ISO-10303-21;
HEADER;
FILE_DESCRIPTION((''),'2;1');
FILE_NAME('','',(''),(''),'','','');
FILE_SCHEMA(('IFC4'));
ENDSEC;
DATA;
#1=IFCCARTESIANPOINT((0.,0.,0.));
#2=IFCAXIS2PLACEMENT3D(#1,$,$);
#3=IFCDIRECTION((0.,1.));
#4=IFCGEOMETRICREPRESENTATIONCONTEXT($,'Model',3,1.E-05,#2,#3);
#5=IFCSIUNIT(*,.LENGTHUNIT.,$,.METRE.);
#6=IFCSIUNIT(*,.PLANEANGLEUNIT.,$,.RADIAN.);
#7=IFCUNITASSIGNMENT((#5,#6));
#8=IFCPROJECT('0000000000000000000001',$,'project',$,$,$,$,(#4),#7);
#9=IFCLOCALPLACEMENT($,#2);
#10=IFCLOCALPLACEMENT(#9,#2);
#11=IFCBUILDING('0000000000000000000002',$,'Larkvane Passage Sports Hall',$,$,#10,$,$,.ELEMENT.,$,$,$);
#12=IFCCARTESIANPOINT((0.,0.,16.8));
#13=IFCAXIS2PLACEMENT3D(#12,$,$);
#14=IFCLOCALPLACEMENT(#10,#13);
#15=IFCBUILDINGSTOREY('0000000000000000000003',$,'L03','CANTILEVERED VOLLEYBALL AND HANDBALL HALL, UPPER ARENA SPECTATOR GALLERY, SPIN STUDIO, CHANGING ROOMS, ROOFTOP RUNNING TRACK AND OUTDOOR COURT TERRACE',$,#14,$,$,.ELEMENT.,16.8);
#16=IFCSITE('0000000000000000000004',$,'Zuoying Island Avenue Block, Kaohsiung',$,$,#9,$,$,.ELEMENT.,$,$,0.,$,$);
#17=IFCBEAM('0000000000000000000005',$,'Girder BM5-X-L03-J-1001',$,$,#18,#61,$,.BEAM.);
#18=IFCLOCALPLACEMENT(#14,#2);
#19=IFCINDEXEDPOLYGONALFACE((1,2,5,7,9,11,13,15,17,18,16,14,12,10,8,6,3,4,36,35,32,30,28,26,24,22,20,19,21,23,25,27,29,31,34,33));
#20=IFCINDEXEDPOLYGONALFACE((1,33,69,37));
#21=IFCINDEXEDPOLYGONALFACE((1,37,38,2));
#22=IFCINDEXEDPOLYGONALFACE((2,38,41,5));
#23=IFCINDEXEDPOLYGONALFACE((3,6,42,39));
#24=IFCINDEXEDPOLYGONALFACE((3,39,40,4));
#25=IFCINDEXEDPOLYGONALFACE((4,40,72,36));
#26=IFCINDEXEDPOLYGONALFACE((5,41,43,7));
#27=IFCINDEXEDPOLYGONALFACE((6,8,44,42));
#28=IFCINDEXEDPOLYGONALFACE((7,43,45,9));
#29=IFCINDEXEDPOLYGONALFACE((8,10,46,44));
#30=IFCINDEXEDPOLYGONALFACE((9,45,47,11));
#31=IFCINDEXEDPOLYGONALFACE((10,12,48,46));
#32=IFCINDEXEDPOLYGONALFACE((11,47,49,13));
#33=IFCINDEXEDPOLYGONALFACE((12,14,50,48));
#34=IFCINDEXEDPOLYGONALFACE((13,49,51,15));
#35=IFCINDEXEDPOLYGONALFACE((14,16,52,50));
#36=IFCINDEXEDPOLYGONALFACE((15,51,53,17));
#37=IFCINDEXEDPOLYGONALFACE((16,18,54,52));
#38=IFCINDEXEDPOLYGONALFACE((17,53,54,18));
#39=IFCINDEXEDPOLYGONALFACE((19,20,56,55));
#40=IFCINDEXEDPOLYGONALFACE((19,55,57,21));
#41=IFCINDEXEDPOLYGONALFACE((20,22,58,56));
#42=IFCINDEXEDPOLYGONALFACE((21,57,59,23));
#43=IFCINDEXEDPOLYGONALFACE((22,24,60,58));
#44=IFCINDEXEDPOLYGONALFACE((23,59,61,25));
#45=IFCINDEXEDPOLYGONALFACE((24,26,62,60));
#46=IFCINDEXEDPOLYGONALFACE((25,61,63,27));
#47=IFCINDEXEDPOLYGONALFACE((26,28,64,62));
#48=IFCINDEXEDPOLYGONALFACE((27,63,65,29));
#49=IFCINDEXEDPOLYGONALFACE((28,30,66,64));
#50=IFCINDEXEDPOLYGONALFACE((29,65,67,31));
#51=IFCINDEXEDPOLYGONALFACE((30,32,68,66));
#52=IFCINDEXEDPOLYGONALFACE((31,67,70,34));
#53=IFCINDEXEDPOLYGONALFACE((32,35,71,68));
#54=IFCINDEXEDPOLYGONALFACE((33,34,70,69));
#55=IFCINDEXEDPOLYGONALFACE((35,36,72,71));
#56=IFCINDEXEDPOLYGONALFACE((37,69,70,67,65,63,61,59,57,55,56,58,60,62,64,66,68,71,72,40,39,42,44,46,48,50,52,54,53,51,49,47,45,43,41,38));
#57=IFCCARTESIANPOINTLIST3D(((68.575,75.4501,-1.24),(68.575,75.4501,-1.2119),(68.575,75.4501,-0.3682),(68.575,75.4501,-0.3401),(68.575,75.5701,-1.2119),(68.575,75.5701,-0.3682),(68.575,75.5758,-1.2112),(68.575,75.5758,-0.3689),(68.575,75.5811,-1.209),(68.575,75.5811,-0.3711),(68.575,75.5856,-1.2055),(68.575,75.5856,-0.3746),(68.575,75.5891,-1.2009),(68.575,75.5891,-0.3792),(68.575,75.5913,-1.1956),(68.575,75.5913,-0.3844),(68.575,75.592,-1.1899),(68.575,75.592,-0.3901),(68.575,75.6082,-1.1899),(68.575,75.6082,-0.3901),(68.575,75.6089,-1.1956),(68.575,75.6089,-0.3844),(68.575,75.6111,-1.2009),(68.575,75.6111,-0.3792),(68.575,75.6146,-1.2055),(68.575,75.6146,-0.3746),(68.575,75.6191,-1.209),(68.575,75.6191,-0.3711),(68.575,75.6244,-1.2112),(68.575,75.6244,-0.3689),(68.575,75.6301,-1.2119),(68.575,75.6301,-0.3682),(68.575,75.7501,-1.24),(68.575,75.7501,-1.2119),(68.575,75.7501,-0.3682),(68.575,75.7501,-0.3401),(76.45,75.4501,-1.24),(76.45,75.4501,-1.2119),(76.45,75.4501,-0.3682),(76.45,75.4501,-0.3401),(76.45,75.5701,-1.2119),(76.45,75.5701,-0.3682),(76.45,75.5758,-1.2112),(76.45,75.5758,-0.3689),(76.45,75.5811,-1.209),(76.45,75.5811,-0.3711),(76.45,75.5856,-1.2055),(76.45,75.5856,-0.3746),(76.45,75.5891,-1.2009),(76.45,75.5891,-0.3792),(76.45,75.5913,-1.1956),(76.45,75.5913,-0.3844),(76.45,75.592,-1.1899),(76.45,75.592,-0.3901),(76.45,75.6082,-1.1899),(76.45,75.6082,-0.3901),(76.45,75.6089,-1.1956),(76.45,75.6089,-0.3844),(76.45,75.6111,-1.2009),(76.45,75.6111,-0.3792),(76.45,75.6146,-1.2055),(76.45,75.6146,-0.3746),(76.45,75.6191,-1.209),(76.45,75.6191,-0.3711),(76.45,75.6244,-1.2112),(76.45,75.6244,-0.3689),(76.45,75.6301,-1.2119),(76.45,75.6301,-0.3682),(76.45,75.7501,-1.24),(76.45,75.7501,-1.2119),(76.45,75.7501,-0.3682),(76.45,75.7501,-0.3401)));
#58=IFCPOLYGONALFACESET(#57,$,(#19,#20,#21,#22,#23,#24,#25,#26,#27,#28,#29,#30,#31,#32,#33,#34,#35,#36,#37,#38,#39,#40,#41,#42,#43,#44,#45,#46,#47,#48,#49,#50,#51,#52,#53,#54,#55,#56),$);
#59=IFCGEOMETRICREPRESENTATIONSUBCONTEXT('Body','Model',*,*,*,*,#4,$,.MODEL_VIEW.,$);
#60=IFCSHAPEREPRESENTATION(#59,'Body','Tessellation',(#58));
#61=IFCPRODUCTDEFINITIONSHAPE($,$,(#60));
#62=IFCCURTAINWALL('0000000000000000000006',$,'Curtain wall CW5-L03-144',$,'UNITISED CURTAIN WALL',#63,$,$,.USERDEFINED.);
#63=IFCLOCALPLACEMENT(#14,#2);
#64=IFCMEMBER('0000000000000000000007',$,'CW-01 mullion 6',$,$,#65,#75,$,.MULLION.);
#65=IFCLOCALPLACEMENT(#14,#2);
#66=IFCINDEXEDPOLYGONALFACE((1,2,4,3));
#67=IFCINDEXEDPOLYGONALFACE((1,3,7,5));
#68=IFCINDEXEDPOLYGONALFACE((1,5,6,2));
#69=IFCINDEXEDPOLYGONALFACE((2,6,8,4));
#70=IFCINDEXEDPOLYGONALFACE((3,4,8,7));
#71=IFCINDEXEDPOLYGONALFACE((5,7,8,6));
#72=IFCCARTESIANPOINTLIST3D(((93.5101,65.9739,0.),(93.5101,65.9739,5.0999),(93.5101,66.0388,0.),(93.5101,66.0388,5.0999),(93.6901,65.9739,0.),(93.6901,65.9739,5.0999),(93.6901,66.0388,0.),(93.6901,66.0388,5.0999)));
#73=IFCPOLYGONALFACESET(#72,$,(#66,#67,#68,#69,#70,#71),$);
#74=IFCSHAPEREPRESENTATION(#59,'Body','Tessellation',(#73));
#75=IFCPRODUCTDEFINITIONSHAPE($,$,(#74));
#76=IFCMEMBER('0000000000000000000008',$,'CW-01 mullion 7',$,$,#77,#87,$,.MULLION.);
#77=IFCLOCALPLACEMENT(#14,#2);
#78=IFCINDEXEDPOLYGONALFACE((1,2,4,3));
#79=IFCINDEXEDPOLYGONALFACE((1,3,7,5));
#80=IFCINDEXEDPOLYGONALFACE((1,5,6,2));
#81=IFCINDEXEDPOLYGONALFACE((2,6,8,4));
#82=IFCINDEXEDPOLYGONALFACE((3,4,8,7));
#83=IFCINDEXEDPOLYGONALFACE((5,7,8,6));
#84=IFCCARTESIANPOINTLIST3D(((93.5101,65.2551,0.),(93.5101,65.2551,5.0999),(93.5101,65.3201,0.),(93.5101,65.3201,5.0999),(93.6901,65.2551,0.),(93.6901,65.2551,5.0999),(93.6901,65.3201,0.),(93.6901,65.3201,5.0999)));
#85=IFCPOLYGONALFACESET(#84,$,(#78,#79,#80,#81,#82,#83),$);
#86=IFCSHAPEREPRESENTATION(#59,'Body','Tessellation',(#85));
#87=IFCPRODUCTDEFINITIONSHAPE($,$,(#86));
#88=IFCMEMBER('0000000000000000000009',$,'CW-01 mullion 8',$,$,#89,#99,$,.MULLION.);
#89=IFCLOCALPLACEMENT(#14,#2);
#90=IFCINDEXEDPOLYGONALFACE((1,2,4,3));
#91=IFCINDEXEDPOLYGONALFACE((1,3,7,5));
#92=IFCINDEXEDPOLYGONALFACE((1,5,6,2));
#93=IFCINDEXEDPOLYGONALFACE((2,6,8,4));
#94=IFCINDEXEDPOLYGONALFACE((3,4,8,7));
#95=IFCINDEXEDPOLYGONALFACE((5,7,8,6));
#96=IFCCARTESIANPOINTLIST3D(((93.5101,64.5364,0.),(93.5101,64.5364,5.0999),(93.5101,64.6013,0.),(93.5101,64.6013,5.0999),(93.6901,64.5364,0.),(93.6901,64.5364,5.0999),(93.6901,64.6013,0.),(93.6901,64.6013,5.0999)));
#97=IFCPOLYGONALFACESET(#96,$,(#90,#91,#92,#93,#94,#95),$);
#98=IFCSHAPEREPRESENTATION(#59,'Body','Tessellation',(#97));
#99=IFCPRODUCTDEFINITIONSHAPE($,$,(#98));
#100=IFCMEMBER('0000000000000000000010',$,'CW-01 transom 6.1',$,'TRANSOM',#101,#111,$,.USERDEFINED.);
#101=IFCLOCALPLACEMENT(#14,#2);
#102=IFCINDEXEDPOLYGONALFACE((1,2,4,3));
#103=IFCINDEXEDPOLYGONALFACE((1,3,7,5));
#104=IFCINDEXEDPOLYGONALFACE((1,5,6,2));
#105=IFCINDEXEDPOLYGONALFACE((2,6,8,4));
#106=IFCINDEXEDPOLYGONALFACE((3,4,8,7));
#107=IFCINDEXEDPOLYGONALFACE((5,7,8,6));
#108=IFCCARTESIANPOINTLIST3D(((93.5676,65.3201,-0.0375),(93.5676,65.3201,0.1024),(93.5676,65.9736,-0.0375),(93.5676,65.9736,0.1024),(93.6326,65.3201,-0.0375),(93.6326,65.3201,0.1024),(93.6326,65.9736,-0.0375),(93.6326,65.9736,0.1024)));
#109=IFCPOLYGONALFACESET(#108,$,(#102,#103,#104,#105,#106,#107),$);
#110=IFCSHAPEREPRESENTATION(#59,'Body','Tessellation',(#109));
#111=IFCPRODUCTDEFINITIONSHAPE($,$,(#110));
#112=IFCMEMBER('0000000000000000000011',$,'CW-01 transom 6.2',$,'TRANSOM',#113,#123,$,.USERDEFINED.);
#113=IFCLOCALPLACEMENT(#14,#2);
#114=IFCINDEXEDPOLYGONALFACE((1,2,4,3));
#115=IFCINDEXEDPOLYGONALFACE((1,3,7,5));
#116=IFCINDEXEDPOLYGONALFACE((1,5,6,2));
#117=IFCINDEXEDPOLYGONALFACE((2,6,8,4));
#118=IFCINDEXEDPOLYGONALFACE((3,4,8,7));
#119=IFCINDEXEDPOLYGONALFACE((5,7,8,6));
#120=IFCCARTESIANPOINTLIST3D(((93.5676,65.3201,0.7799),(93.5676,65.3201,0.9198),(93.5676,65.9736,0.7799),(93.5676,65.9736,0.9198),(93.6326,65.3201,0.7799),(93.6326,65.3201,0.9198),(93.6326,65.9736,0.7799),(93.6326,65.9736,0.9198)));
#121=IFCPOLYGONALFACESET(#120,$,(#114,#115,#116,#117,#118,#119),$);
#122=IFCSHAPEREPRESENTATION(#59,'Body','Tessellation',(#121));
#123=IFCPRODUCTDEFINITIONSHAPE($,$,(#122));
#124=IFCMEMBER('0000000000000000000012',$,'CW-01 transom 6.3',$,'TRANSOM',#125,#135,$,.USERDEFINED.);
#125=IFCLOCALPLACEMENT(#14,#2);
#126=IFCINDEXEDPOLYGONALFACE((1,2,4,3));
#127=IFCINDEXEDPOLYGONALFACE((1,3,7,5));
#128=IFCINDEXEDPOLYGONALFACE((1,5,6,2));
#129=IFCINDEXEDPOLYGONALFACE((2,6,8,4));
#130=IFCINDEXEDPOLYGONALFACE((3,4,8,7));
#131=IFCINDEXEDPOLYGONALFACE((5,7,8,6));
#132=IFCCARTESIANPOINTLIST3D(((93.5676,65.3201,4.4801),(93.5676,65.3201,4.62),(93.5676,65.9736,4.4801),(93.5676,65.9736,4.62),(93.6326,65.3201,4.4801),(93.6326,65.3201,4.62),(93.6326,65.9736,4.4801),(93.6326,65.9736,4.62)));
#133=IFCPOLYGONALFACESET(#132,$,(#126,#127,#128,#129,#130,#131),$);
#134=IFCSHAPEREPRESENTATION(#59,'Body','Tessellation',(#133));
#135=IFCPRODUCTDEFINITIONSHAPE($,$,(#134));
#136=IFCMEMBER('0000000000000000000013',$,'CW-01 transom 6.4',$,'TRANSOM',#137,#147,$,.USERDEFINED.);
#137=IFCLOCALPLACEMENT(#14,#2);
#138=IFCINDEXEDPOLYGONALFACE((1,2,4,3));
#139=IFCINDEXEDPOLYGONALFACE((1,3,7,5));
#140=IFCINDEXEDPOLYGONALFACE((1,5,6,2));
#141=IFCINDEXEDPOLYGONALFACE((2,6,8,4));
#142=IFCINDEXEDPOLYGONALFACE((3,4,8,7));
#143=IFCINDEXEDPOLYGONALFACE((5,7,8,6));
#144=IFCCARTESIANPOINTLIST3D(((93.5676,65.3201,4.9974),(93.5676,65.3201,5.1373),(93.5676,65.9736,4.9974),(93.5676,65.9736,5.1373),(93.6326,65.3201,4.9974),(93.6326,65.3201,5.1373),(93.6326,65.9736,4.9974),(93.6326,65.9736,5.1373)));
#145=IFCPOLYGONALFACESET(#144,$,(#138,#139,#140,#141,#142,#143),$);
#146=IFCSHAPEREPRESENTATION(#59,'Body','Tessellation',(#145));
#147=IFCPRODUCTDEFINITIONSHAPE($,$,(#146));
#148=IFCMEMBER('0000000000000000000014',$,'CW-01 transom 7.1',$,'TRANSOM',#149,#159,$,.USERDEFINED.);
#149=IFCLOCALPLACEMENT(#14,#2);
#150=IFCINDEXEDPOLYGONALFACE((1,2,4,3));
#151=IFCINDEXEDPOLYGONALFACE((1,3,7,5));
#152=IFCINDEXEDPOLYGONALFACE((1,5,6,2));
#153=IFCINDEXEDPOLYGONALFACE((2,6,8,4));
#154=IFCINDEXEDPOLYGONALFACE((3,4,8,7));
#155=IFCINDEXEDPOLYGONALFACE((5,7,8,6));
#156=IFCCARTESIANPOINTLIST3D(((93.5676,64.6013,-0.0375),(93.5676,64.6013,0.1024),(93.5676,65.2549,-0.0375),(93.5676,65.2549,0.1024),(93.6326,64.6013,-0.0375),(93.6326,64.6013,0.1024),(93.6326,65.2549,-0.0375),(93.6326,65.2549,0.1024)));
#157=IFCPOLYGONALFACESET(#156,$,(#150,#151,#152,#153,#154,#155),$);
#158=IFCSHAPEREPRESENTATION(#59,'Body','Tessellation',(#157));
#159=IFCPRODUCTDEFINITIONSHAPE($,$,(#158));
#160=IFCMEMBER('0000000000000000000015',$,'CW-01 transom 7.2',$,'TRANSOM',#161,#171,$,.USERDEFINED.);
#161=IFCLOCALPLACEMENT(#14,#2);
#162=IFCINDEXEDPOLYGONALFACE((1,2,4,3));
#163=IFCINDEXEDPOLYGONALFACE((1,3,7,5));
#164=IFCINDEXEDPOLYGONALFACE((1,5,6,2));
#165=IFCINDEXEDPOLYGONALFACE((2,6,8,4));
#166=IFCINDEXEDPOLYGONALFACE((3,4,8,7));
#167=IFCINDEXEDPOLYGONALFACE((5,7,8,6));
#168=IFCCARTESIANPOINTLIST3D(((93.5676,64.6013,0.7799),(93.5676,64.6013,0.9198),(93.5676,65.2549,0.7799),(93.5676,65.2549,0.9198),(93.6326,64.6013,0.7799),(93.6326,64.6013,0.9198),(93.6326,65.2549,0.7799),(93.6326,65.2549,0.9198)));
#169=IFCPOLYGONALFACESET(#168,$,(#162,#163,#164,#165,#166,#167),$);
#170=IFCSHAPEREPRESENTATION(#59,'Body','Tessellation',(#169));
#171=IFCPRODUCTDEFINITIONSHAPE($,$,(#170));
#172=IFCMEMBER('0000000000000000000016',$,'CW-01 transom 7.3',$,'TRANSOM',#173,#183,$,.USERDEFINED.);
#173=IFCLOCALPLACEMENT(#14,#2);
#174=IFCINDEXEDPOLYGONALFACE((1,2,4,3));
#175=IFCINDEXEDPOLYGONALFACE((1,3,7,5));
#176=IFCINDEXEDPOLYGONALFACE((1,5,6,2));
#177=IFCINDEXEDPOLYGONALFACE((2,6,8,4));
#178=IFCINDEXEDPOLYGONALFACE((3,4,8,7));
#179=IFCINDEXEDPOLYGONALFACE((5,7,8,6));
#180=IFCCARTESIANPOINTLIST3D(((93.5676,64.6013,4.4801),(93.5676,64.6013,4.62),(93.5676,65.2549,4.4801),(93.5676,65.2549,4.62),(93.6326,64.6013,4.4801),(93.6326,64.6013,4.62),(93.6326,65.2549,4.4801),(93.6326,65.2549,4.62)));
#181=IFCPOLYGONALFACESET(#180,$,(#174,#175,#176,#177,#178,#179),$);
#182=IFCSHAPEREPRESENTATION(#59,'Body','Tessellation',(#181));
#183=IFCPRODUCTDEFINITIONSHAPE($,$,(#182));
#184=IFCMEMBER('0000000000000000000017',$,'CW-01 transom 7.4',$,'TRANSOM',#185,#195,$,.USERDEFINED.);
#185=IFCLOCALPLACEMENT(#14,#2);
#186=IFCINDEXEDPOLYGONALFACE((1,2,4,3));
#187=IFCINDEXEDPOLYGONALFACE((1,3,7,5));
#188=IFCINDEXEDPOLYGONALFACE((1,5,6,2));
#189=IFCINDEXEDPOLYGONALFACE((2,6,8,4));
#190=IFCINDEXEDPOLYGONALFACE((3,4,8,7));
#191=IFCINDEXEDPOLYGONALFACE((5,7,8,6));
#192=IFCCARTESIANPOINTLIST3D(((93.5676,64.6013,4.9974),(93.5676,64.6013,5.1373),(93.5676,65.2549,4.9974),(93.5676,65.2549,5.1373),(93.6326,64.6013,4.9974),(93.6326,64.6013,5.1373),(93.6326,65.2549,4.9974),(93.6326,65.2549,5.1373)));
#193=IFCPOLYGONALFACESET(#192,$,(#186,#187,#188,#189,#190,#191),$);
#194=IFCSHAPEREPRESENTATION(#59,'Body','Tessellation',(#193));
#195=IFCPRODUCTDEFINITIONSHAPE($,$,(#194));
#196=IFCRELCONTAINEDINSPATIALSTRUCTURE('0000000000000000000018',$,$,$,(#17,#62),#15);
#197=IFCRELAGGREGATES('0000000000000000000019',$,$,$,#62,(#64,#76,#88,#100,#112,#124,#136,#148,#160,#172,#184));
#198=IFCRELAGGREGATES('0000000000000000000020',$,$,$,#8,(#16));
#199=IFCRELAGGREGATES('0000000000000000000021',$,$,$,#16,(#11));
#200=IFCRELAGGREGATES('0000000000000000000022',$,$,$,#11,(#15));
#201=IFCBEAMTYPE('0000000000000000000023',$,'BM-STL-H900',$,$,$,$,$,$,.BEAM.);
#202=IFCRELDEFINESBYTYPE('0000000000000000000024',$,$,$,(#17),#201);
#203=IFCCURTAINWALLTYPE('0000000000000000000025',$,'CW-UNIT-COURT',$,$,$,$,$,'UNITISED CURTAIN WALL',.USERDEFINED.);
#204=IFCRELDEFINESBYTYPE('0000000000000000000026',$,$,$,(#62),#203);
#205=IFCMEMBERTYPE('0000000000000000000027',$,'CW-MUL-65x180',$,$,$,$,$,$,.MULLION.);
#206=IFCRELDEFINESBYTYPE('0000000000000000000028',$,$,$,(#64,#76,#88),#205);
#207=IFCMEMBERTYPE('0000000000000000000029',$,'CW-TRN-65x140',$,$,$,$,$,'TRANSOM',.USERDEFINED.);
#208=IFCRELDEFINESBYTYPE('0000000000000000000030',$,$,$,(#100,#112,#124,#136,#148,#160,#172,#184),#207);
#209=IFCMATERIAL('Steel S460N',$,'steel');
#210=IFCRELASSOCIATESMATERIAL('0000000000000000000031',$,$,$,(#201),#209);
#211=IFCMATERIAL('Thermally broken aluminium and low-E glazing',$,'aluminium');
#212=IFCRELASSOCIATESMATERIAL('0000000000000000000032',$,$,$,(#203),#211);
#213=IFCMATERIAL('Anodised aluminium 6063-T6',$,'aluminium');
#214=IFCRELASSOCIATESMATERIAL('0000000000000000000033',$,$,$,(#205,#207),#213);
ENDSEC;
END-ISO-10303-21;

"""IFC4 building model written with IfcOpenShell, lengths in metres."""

from ifc_helpers import new_model, si_unit, direction, frame, origin, origin_2d, place, context, subcontext, project, spatial, rectangle, i_section, extrude, material, material_profile, profile_set, type_object, element, aggregate, save


model = new_model("IFC4")

# Units and contexts
model_context = context("Model", 3, precision=1e-05, world=origin(), true_north=direction((0.0, 1.0)))
body_context = subcontext(model_context, "Body", "Model", "MODEL_VIEW")
ifc_project = project(units=[si_unit("LENGTHUNIT", "METRE"), si_unit("PLANEANGLEUNIT", "RADIAN")], contexts=[model_context])

# Site, building, storey
site_placement = place(None, origin())
site = spatial("IfcSite", under=ifc_project, at=site_placement, Name="Zuoying Island Avenue Block, Kaohsiung", CompositionType="ELEMENT", RefElevation=0.0)
building_placement = place(site_placement, origin())
building = spatial("IfcBuilding", under=site, at=building_placement, Name="Larkvane Passage Sports Hall", CompositionType="ELEMENT")
storey_placement = place(building_placement, frame((0.0, 0.0, 16.8)))
storey = spatial("IfcBuildingStorey", under=building, at=storey_placement, Name="L03", Description="CANTILEVERED VOLLEYBALL AND HANDBALL HALL, UPPER ARENA SPECTATOR GALLERY, SPIN STUDIO, CHANGING ROOMS, ROOFTOP RUNNING TRACK AND OUTDOOR COURT TERRACE", CompositionType="ELEMENT", Elevation=16.8)

# Shared definitions
ifc_material_1 = material(Name="Steel S460N", Category="steel")

# Beam
ifc_material_profile_1 = material_profile(ifc_material_1, i_section(OverallWidth=0.3, OverallDepth=0.8999, WebThickness=0.0161, FlangeThickness=0.0281, FilletRadius=0.022, at=origin_2d()), Name="H-900x300x16x28")
ifc_profile_set_1 = profile_set([ifc_material_profile_1], Name="Steel S460N")
beam_type_1 = type_object("IfcBeamType", Name="BM-STL-H900", PredefinedType="BEAM", material=ifc_profile_set_1)
beam_1_placement = place(storey_placement, frame((68.575, 75.6001, -0.79), z_axis=(1.0, 0.0, 0.0), x_axis=(0.0, 1.0, 0.0)))
element("IfcBeam", 1, at=beam_1_placement, inside=storey, type_object=beam_type_1, Name="Girder BM5-X-L03-J-1001", PredefinedType="BEAM", context=body_context, shape_type="SweptSolid", body=[
    extrude(i_section(OverallWidth=0.3, OverallDepth=0.8999, WebThickness=0.0161, FlangeThickness=0.0281, FilletRadius=0.022, at=origin_2d()), origin(), (0.0, 0.0, 1.0), 7.875),
])

# Curtain wall, members
ifc_material_2 = material(Name="Thermally broken aluminium and low-E glazing", Category="aluminium")
curtain_wall_type = type_object("IfcCurtainWallType", Name="CW-UNIT-COURT", ElementType="UNITISED CURTAIN WALL", PredefinedType="USERDEFINED", material=ifc_material_2)
curtain_wall_placement = place(storey_placement, origin())
curtain_wall = element("IfcCurtainWall", 2, at=curtain_wall_placement, inside=storey, type_object=curtain_wall_type, Name="Curtain wall CW5-L03-144", ObjectType="UNITISED CURTAIN WALL", PredefinedType="USERDEFINED")
ifc_material_3 = material(Name="Anodised aluminium 6063-T6", Category="aluminium")
ifc_material_profile_2 = material_profile(ifc_material_3, rectangle(XDim=0.0649, YDim=0.1799, at=origin_2d()), Name="ALU-MUL-65x180")
ifc_profile_set_2 = profile_set([ifc_material_profile_2], Name="Anodised aluminium 6063-T6")
member_type_1 = type_object("IfcMemberType", Name="CW-MUL-65x180", PredefinedType="MULLION", material=ifc_profile_set_2)
member_1_placement = place(storey_placement, frame((93.6001, 66.0063, 0.0), z_axis=(0.0, 0.0, 1.0), x_axis=(0.0, -1.0, 0.0)))
member_1 = element("IfcMember", 3, at=member_1_placement, type_object=member_type_1, Name="CW-01 mullion 6", PredefinedType="MULLION", context=body_context, shape_type="SweptSolid", body=[
    extrude(rectangle(XDim=0.0649, YDim=0.1799, at=origin_2d()), origin(), (0.0, 0.0, 1.0), 5.0999),
])
member_2_placement = place(storey_placement, frame((93.6001, 65.2876, 0.0), z_axis=(0.0, 0.0, 1.0), x_axis=(0.0, -1.0, 0.0)))
member_2 = element("IfcMember", 4, at=member_2_placement, type_object=member_type_1, Name="CW-01 mullion 7", PredefinedType="MULLION", context=body_context, shape_type="SweptSolid", body=[
    extrude(rectangle(XDim=0.0649, YDim=0.1799, at=origin_2d()), origin(), (0.0, 0.0, 1.0), 5.0999),
])
member_3_placement = place(storey_placement, frame((93.6001, 64.5688, 0.0), z_axis=(0.0, 0.0, 1.0), x_axis=(0.0, -1.0, 0.0)))
member_3 = element("IfcMember", 5, at=member_3_placement, type_object=member_type_1, Name="CW-01 mullion 8", PredefinedType="MULLION", context=body_context, shape_type="SweptSolid", body=[
    extrude(rectangle(XDim=0.0649, YDim=0.1799, at=origin_2d()), origin(), (0.0, 0.0, 1.0), 5.0999),
])
ifc_material_profile_3 = material_profile(ifc_material_3, rectangle(XDim=0.0649, YDim=0.1399, at=origin_2d()), Name="ALU-TRN-65x140")
ifc_profile_set_3 = profile_set([ifc_material_profile_3], Name="Anodised aluminium 6063-T6")
member_type_2 = type_object("IfcMemberType", Name="CW-TRN-65x140", ElementType="TRANSOM", PredefinedType="USERDEFINED", material=ifc_profile_set_3)
member_4_placement = place(storey_placement, frame((93.6001, 65.9736, 0.0325), z_axis=(0.0, -1.0, 0.0), x_axis=(1.0, 0.0, 0.0)))
member_4 = element("IfcMember", 6, at=member_4_placement, type_object=member_type_2, Name="CW-01 transom 6.1", ObjectType="TRANSOM", PredefinedType="USERDEFINED", context=body_context, shape_type="SweptSolid", body=[
    extrude(rectangle(XDim=0.0649, YDim=0.1399, at=origin_2d()), origin(), (0.0, 0.0, 1.0), 0.6536),
])
member_5_placement = place(storey_placement, frame((93.6001, 65.9736, 0.8499), z_axis=(0.0, -1.0, 0.0), x_axis=(1.0, 0.0, 0.0)))
member_5 = element("IfcMember", 7, at=member_5_placement, type_object=member_type_2, Name="CW-01 transom 6.2", ObjectType="TRANSOM", PredefinedType="USERDEFINED", context=body_context, shape_type="SweptSolid", body=[
    extrude(rectangle(XDim=0.0649, YDim=0.1399, at=origin_2d()), origin(), (0.0, 0.0, 1.0), 0.6536),
])
member_6_placement = place(storey_placement, frame((93.6001, 65.9736, 4.55), z_axis=(0.0, -1.0, 0.0), x_axis=(1.0, 0.0, 0.0)))
member_6 = element("IfcMember", 8, at=member_6_placement, type_object=member_type_2, Name="CW-01 transom 6.3", ObjectType="TRANSOM", PredefinedType="USERDEFINED", context=body_context, shape_type="SweptSolid", body=[
    extrude(rectangle(XDim=0.0649, YDim=0.1399, at=origin_2d()), origin(), (0.0, 0.0, 1.0), 0.6536),
])
member_7_placement = place(storey_placement, frame((93.6001, 65.9736, 5.0674), z_axis=(0.0, -1.0, 0.0), x_axis=(1.0, 0.0, 0.0)))
member_7 = element("IfcMember", 9, at=member_7_placement, type_object=member_type_2, Name="CW-01 transom 6.4", ObjectType="TRANSOM", PredefinedType="USERDEFINED", context=body_context, shape_type="SweptSolid", body=[
    extrude(rectangle(XDim=0.0649, YDim=0.1399, at=origin_2d()), origin(), (0.0, 0.0, 1.0), 0.6536),
])
member_8_placement = place(storey_placement, frame((93.6001, 65.2549, 0.0325), z_axis=(0.0, -1.0, 0.0), x_axis=(1.0, 0.0, 0.0)))
member_8 = element("IfcMember", 10, at=member_8_placement, type_object=member_type_2, Name="CW-01 transom 7.1", ObjectType="TRANSOM", PredefinedType="USERDEFINED", context=body_context, shape_type="SweptSolid", body=[
    extrude(rectangle(XDim=0.0649, YDim=0.1399, at=origin_2d()), origin(), (0.0, 0.0, 1.0), 0.6536),
])
member_9_placement = place(storey_placement, frame((93.6001, 65.2549, 0.8499), z_axis=(0.0, -1.0, 0.0), x_axis=(1.0, 0.0, 0.0)))
member_9 = element("IfcMember", 11, at=member_9_placement, type_object=member_type_2, Name="CW-01 transom 7.2", ObjectType="TRANSOM", PredefinedType="USERDEFINED", context=body_context, shape_type="SweptSolid", body=[
    extrude(rectangle(XDim=0.0649, YDim=0.1399, at=origin_2d()), origin(), (0.0, 0.0, 1.0), 0.6536),
])
member_10_placement = place(storey_placement, frame((93.6001, 65.2549, 4.55), z_axis=(0.0, -1.0, 0.0), x_axis=(1.0, 0.0, 0.0)))
member_10 = element("IfcMember", 12, at=member_10_placement, type_object=member_type_2, Name="CW-01 transom 7.3", ObjectType="TRANSOM", PredefinedType="USERDEFINED", context=body_context, shape_type="SweptSolid", body=[
    extrude(rectangle(XDim=0.0649, YDim=0.1399, at=origin_2d()), origin(), (0.0, 0.0, 1.0), 0.6536),
])
member_11_placement = place(storey_placement, frame((93.6001, 65.2549, 5.0674), z_axis=(0.0, -1.0, 0.0), x_axis=(1.0, 0.0, 0.0)))
member_11 = element("IfcMember", 13, at=member_11_placement, type_object=member_type_2, Name="CW-01 transom 7.4", ObjectType="TRANSOM", PredefinedType="USERDEFINED", context=body_context, shape_type="SweptSolid", body=[
    extrude(rectangle(XDim=0.0649, YDim=0.1399, at=origin_2d()), origin(), (0.0, 0.0, 1.0), 0.6536),
])

aggregate(curtain_wall, [member_1, member_2, member_3, member_4, member_5, member_6, member_7, member_8, member_9, member_10, member_11])

save(model, "model.ifc")
